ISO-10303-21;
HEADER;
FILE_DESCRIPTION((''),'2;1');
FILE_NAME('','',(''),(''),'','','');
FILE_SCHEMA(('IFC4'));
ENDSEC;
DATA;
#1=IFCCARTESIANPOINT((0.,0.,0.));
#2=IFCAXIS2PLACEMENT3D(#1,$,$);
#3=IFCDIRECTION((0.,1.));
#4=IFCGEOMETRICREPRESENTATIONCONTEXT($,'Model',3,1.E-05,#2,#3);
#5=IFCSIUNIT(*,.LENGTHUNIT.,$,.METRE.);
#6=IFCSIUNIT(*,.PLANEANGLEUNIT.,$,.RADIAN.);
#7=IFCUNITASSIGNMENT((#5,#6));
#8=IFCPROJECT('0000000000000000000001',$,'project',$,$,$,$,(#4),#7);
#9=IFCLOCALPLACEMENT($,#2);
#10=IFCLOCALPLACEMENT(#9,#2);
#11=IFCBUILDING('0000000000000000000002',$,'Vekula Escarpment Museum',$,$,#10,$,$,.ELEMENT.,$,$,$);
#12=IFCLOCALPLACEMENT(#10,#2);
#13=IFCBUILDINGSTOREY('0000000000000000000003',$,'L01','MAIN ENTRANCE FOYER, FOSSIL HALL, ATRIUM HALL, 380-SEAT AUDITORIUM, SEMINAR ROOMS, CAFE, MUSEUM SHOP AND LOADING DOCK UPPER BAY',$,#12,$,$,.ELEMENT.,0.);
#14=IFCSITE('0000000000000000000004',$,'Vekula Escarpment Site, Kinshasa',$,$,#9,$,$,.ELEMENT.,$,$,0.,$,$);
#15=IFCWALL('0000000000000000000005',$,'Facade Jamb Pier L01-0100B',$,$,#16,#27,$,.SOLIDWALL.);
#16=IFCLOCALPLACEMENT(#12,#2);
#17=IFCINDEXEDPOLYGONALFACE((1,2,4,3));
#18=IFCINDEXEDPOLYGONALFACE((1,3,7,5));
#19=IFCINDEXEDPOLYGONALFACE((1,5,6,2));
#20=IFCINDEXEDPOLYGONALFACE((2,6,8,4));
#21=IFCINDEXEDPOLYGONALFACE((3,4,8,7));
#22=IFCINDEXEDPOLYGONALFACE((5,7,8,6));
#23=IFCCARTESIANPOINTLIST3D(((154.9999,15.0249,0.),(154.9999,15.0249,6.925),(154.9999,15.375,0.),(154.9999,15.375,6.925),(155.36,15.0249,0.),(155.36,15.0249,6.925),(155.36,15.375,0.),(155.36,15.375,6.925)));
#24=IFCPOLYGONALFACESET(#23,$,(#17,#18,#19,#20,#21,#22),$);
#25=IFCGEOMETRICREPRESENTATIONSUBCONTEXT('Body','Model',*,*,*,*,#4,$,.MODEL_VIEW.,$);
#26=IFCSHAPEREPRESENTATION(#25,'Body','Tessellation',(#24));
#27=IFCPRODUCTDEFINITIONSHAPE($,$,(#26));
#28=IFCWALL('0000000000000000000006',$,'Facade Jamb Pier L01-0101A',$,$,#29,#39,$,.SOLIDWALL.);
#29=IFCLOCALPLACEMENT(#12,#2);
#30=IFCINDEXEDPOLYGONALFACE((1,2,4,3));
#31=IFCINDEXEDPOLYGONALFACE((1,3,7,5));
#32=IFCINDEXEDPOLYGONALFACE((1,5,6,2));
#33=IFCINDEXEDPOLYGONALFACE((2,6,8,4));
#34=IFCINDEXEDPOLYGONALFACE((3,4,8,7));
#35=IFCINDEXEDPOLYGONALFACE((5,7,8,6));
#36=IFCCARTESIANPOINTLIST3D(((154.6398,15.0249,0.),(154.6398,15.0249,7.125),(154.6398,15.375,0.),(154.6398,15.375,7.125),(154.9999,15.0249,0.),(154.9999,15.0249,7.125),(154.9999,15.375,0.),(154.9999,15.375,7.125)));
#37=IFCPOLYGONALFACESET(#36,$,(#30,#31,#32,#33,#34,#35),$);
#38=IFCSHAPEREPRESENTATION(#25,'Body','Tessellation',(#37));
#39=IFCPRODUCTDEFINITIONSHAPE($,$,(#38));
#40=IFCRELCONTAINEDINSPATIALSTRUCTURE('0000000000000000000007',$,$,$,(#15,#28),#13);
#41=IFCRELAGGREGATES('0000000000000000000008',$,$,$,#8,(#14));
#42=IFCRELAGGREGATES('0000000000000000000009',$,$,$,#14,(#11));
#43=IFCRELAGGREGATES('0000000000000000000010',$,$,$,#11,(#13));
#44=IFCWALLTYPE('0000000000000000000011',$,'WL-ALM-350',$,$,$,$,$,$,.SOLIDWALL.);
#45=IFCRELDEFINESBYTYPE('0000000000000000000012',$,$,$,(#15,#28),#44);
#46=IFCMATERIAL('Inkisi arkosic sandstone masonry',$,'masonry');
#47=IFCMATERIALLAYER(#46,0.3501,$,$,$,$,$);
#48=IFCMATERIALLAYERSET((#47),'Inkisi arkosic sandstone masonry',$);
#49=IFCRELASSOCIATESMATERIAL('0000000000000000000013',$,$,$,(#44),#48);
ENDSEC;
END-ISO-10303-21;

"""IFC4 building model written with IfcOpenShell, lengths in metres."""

from ifc_helpers import new_model, si_unit, direction, frame, frame_2d, origin, place, context, subcontext, project, spatial, rectangle, extrude, material, layer, layer_set, type_object, element, save


model = new_model("IFC4")

# Units and contexts
model_context = context("Model", 3, precision=1e-05, world=origin(), true_north=direction((0.0, 1.0)))
body_context = subcontext(model_context, "Body", "Model", "MODEL_VIEW")
ifc_project = project(units=[si_unit("LENGTHUNIT", "METRE"), si_unit("PLANEANGLEUNIT", "RADIAN")], contexts=[model_context])

# Site, building, storey
site_placement = place(None, origin())
site = spatial("IfcSite", under=ifc_project, at=site_placement, Name="Vekula Escarpment Site, Kinshasa", CompositionType="ELEMENT", RefElevation=0.0)
building_placement = place(site_placement, origin())
building = spatial("IfcBuilding", under=site, at=building_placement, Name="Vekula Escarpment Museum", CompositionType="ELEMENT")
storey_placement = place(building_placement, origin())
storey = spatial("IfcBuildingStorey", under=building, at=storey_placement, Name="L01", Description="MAIN ENTRANCE FOYER, FOSSIL HALL, ATRIUM HALL, 380-SEAT AUDITORIUM, SEMINAR ROOMS, CAFE, MUSEUM SHOP AND LOADING DOCK UPPER BAY", CompositionType="ELEMENT", Elevation=0.0)

# Walls
ifc_material_1 = material(Name="Inkisi arkosic sandstone masonry", Category="masonry")
ifc_layer_1 = layer(ifc_material_1, 0.3501)
ifc_layer_set_1 = layer_set([ifc_layer_1], Name="Inkisi arkosic sandstone masonry")
wall_type = type_object("IfcWallType", Name="WL-ALM-350", PredefinedType="SOLIDWALL", material=ifc_layer_set_1)
wall_1_placement = place(storey_placement, frame((155.3601, 15.2, 0.0), z_axis=(0.0, 0.0, 1.0), x_axis=(-1.0, 0.0, 0.0)))
element("IfcWall", 1, at=wall_1_placement, inside=storey, type_object=wall_type, Name="Facade Jamb Pier L01-0100B", PredefinedType="SOLIDWALL", context=body_context, shape_type="SweptSolid", body=[
    extrude(rectangle(XDim=0.3601, YDim=0.3501, at=frame_2d((0.1802, 0.0))), origin(), (0.0, 0.0, 1.0), 6.925),
])
wall_2_placement = place(storey_placement, frame((155.0, 15.2, 0.0), z_axis=(0.0, 0.0, 1.0), x_axis=(-1.0, 0.0, 0.0)))
element("IfcWall", 2, at=wall_2_placement, inside=storey, type_object=wall_type, Name="Facade Jamb Pier L01-0101A", PredefinedType="SOLIDWALL", context=body_context, shape_type="SweptSolid", body=[
    extrude(rectangle(XDim=0.3601, YDim=0.3501, at=frame_2d((0.1802, 0.0))), origin(), (0.0, 0.0, 1.0), 7.125),
])

save(model, "model.ifc")
